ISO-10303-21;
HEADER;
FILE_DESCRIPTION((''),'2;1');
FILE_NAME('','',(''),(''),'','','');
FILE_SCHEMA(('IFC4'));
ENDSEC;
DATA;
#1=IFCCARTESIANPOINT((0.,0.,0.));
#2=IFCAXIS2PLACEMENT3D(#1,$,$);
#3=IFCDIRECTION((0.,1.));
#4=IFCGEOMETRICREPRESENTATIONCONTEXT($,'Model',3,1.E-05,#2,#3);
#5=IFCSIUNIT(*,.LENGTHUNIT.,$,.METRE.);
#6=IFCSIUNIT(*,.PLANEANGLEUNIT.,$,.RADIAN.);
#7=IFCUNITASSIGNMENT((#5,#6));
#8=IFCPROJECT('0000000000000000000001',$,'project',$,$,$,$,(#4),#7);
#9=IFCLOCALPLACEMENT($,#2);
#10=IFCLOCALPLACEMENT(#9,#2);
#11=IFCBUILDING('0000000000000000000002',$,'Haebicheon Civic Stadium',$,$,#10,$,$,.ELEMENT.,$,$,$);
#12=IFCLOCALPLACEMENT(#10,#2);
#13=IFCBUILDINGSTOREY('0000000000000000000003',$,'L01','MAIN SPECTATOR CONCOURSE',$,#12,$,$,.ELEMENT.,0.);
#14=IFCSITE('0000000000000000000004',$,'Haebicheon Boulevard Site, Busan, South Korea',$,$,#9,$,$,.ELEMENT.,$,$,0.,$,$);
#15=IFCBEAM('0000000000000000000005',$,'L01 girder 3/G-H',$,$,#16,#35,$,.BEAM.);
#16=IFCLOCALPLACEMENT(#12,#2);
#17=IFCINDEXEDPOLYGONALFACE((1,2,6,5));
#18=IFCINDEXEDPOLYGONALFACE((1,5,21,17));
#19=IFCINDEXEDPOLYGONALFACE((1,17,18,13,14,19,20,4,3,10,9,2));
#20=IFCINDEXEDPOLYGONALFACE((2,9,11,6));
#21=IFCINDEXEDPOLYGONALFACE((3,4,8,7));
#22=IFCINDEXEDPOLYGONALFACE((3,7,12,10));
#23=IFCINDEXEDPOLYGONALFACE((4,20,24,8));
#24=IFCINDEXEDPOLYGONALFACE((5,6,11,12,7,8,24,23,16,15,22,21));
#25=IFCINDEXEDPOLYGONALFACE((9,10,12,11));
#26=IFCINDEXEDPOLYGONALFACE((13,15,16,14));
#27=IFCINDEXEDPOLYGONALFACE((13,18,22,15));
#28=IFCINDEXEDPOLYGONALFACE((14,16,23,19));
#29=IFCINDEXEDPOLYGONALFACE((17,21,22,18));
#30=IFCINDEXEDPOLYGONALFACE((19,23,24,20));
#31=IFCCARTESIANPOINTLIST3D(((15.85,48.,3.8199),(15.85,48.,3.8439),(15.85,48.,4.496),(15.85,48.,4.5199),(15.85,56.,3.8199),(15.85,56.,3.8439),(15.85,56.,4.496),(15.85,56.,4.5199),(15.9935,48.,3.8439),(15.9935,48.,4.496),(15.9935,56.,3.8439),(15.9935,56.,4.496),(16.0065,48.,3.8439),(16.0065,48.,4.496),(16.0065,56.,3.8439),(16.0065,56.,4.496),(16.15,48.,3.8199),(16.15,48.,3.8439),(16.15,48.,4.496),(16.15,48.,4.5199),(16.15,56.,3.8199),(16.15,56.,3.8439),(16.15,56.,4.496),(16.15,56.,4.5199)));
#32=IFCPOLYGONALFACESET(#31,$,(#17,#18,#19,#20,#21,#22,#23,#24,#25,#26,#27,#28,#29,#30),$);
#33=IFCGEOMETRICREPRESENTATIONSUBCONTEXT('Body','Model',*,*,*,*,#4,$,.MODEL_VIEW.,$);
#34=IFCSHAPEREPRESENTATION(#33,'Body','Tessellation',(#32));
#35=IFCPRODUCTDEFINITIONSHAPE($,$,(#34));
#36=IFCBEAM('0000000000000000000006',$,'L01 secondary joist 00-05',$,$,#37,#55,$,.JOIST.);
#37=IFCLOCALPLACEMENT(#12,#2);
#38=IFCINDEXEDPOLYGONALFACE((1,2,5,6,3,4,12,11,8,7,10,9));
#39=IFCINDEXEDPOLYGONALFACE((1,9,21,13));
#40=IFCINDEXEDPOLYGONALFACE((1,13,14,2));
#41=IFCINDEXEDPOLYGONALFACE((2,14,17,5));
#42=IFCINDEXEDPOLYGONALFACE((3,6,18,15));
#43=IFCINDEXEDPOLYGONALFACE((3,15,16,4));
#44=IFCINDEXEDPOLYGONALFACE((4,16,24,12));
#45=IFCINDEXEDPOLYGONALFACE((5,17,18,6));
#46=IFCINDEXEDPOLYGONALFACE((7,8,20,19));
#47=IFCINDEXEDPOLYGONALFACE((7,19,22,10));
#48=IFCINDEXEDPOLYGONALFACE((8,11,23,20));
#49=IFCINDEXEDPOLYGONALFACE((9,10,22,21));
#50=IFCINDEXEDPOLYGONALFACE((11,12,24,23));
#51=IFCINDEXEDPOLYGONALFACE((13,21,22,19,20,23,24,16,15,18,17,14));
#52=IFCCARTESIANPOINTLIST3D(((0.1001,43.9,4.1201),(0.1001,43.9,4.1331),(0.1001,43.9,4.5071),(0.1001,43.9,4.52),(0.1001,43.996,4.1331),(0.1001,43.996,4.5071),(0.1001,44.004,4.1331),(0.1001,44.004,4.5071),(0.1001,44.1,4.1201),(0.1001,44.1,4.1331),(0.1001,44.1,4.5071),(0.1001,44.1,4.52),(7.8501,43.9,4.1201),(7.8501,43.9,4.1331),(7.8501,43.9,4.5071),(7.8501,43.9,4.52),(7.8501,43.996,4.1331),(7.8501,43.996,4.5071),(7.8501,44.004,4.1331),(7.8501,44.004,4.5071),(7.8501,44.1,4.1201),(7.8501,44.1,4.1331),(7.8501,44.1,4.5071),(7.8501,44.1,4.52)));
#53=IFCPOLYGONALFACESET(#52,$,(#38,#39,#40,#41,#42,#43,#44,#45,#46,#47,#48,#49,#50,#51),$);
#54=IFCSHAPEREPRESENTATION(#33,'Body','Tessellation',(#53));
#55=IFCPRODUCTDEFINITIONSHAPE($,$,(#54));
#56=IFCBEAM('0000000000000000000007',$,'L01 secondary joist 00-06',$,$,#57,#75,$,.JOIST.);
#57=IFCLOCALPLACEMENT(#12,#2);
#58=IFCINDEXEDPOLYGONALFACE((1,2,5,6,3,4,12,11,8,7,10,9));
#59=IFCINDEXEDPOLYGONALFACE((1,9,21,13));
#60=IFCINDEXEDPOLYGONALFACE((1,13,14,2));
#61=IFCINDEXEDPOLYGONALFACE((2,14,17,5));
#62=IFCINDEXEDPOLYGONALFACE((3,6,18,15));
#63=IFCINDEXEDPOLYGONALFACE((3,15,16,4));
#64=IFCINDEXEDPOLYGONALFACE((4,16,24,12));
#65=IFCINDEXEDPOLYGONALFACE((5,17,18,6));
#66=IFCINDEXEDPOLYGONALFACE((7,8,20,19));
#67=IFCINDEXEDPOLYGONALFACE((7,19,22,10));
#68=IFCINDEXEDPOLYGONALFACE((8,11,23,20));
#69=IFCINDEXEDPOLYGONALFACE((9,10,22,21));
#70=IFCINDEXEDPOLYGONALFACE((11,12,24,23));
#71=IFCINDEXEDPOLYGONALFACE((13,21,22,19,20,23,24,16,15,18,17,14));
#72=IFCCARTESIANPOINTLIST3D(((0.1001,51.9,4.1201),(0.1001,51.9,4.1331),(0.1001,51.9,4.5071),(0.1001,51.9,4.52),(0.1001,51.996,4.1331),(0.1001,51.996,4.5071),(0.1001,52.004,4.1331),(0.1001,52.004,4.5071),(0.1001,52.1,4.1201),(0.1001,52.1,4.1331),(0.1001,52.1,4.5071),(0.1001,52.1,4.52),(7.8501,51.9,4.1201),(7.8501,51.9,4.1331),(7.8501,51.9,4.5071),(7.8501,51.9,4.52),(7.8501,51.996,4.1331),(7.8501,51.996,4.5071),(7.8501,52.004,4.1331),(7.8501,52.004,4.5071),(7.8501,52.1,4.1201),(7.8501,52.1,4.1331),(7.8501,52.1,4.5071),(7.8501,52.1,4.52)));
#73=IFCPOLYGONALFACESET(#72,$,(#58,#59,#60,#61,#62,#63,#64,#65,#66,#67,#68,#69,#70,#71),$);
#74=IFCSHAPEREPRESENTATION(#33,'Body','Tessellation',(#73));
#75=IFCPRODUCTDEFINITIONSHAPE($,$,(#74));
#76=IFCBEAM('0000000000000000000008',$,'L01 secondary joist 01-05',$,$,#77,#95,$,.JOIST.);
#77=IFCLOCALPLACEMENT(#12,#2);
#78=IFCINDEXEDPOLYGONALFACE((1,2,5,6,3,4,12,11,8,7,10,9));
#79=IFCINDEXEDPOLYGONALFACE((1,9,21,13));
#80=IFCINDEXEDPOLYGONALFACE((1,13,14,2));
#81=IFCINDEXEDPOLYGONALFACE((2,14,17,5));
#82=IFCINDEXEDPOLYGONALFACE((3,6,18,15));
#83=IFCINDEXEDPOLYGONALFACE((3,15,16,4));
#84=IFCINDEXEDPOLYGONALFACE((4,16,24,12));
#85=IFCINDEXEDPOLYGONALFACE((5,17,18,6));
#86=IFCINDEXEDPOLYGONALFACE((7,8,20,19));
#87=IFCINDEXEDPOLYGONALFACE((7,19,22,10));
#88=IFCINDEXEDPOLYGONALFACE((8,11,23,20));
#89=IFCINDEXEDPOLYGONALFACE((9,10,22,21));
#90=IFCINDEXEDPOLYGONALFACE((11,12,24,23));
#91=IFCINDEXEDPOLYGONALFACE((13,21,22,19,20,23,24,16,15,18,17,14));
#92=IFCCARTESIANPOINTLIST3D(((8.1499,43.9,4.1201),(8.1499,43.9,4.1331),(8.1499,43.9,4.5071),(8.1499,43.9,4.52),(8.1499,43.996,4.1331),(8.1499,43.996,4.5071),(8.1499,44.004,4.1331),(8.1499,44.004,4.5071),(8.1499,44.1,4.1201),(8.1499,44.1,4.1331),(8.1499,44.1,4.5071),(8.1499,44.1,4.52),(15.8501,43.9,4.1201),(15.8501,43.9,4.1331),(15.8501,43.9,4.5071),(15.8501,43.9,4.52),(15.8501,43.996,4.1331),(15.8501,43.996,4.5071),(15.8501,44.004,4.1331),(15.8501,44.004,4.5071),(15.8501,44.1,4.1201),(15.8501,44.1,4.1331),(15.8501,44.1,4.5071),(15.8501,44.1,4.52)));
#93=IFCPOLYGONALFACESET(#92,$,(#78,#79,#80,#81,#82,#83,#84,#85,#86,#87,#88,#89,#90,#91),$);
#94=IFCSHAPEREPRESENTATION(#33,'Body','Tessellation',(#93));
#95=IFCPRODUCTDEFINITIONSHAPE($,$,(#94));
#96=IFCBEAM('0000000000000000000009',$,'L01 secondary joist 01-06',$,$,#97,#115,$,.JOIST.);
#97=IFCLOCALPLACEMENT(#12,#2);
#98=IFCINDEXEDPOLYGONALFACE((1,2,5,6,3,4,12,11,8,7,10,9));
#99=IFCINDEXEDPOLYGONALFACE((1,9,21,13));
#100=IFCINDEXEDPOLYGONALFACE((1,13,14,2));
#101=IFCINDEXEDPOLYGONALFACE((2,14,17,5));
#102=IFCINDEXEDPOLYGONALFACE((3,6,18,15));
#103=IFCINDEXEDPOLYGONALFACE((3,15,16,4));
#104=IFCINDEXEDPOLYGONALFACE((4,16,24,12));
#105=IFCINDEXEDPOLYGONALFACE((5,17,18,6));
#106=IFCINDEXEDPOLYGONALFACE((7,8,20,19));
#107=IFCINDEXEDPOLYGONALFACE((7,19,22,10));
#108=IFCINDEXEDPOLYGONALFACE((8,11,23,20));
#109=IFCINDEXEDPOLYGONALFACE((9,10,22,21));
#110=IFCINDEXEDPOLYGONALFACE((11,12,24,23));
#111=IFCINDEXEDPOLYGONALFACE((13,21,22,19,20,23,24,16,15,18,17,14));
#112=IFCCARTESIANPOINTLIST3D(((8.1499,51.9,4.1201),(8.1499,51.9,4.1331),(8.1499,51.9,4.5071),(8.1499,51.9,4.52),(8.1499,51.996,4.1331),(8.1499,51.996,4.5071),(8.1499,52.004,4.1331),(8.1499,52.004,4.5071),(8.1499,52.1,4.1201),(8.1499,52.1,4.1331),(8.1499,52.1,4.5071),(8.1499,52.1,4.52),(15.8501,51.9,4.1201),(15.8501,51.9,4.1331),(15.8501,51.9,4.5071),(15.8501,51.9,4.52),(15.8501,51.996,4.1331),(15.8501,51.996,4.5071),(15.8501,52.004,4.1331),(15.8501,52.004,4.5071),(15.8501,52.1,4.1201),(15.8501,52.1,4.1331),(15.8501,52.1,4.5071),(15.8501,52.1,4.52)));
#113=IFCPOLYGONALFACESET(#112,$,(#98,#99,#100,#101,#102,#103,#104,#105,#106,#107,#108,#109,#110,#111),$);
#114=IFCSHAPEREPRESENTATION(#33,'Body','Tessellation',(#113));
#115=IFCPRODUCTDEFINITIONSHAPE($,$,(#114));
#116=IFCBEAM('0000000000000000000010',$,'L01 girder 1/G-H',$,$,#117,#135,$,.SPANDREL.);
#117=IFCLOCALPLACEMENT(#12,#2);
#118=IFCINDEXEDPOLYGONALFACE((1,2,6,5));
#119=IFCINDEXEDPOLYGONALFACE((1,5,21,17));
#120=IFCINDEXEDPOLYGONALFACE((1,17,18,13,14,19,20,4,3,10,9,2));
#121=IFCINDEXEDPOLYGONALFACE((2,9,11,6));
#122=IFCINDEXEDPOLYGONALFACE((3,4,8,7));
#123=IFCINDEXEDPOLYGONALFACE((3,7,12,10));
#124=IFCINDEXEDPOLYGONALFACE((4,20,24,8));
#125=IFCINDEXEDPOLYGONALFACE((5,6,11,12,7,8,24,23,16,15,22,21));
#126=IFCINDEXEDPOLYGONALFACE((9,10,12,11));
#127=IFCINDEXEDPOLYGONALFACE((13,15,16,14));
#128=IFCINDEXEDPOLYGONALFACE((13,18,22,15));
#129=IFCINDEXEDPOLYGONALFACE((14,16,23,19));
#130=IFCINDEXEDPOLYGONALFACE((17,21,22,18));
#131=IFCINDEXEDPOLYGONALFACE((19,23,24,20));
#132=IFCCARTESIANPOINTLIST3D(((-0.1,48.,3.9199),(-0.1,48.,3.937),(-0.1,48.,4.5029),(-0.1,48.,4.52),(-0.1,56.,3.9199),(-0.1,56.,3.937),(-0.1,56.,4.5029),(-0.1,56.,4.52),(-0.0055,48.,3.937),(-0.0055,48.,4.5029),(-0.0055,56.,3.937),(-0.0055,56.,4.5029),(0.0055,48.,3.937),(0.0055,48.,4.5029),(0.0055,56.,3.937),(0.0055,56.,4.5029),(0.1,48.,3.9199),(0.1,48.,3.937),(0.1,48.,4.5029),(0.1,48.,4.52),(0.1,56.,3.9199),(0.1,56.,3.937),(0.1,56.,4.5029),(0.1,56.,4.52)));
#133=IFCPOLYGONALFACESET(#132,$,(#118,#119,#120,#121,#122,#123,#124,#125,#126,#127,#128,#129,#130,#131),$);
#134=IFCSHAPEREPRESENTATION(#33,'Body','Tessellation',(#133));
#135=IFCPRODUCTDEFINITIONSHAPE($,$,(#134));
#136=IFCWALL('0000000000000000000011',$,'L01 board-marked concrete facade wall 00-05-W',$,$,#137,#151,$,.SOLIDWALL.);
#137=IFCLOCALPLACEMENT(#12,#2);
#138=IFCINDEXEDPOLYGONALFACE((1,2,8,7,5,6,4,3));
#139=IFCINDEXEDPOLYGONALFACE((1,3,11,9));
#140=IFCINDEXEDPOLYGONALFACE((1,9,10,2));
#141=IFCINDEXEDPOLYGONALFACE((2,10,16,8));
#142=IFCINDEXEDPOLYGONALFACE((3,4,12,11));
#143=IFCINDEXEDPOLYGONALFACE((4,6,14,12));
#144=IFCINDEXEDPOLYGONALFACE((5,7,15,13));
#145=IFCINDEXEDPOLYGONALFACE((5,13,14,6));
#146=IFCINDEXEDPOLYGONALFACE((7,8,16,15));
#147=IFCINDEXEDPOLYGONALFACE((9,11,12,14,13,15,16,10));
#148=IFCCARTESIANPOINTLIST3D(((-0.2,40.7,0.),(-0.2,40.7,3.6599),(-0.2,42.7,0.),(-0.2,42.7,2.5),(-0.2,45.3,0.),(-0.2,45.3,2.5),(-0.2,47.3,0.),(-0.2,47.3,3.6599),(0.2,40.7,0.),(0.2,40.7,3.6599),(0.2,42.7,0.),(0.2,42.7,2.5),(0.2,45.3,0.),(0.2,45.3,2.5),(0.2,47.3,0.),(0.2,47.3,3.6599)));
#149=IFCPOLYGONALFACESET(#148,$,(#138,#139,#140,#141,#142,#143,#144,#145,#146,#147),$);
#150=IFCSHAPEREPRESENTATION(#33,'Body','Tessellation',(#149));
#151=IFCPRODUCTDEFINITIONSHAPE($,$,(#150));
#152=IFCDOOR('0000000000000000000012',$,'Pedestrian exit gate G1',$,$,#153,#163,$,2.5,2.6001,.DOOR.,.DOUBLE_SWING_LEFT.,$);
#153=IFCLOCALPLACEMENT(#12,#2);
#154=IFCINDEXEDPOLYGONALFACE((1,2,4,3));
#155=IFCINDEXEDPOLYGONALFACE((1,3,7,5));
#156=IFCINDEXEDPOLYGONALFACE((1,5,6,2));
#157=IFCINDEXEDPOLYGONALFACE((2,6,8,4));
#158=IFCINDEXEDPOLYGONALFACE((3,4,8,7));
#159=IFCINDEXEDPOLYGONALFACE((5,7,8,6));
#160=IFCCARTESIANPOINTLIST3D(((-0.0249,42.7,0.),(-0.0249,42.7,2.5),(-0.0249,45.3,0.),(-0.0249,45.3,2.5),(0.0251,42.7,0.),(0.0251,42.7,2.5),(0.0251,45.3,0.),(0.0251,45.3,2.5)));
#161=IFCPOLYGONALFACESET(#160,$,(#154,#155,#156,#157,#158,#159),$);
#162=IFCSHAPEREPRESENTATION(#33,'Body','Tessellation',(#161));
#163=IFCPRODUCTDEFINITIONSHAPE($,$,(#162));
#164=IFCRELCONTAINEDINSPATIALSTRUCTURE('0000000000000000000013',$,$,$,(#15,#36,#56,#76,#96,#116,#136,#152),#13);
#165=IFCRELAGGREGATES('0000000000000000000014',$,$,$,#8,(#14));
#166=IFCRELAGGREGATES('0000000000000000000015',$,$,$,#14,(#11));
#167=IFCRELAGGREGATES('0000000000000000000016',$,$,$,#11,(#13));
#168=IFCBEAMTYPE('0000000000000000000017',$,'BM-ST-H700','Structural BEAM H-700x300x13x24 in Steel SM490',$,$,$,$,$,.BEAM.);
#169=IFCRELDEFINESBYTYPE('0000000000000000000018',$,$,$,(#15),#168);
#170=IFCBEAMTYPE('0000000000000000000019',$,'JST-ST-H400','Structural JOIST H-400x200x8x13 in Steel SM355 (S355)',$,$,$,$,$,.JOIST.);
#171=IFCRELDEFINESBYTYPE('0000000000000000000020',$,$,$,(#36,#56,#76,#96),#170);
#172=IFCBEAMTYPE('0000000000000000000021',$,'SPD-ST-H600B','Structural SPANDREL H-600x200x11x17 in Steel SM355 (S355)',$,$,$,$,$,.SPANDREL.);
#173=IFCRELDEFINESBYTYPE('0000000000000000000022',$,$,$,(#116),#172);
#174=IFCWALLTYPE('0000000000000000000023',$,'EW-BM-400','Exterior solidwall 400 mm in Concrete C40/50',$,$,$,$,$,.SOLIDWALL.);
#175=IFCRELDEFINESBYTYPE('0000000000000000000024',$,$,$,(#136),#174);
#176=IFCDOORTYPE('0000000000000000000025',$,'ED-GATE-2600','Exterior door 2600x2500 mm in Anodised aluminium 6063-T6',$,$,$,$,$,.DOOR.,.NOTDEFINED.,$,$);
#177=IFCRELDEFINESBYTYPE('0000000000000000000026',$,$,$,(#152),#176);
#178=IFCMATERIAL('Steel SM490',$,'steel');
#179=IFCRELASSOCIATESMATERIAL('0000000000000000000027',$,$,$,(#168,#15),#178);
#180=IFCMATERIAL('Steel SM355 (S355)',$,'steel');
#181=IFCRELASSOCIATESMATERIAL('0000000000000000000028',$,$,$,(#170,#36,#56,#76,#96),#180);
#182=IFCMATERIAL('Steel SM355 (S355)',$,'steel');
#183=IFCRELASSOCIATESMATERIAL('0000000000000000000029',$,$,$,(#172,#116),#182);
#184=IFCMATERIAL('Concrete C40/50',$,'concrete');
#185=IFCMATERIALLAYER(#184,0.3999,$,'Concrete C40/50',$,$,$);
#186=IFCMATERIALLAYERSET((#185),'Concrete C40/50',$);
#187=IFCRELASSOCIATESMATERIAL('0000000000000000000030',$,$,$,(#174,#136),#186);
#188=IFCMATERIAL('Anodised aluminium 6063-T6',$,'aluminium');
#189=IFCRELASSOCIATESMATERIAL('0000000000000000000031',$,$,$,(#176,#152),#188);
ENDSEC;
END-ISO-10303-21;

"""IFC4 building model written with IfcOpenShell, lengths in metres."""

from ifc_helpers import new_model, si_unit, direction, frame, frame_2d, origin, origin_2d, place, context, subcontext, project, spatial, rectangle, i_section, extrude, material, layer, layer_set, material_profile, profile_set, type_object, element, fill, save


model = new_model("IFC4")

# Units and contexts
model_context = context("Model", 3, precision=1e-05, world=origin(), true_north=direction((0.0, 1.0)))
body_context = subcontext(model_context, "Body", "Model", "MODEL_VIEW")
ifc_project = project(units=[si_unit("LENGTHUNIT", "METRE"), si_unit("PLANEANGLEUNIT", "RADIAN")], contexts=[model_context])

# Site, building, storey
site_placement = place(None, origin())
site = spatial("IfcSite", under=ifc_project, at=site_placement, Name="Haebicheon Boulevard Site, Busan, South Korea", CompositionType="ELEMENT", RefElevation=0.0)
building_placement = place(site_placement, origin())
building = spatial("IfcBuilding", under=site, at=building_placement, Name="Haebicheon Civic Stadium", CompositionType="ELEMENT")
storey_placement = place(building_placement, origin())
storey = spatial("IfcBuildingStorey", under=building, at=storey_placement, Name="L01", Description="MAIN SPECTATOR CONCOURSE", CompositionType="ELEMENT", Elevation=0.0)

# Beams
ifc_material_1 = material(Name="Steel SM490", Category="steel")
ifc_material_profile_1 = material_profile(ifc_material_1, i_section(OverallWidth=0.3, OverallDepth=0.7, WebThickness=0.0129, FlangeThickness=0.0239, at=origin_2d()), Name="H-700x300x13x24")
ifc_profile_set_1 = profile_set([ifc_material_profile_1], Name="Steel SM490")
beam_type_1 = type_object("IfcBeamType", Name="BM-ST-H700", Description="Structural BEAM H-700x300x13x24 in Steel SM490", PredefinedType="BEAM", material=ifc_profile_set_1)
for number, where, z_axis, x_axis, name in (
    (1, (16.0, 48.0, 4.1699), (0.0, 1.0, 0.0), (-1.0, 0.0, 0.0), "L01 girder 3/G-H"),
):
    element("IfcBeam", number, at=place(storey_placement, frame(where, z_axis=z_axis, x_axis=x_axis)), inside=storey, type_object=beam_type_1, material=ifc_profile_set_1, Name=name, PredefinedType="BEAM", context=body_context, shape_type="SweptSolid", body=[
        extrude(i_section(OverallWidth=0.3, OverallDepth=0.7, WebThickness=0.0129, FlangeThickness=0.0239, at=origin_2d()), origin(), (0.0, 0.0, 1.0), 8.0),
    ])
ifc_material_2 = material(Name="Steel SM355 (S355)", Category="steel")
ifc_material_profile_2 = material_profile(ifc_material_2, i_section(OverallWidth=0.2, OverallDepth=0.3999, WebThickness=0.0081, FlangeThickness=0.0129, at=origin_2d()), Name="H-400x200x8x13")
ifc_profile_set_2 = profile_set([ifc_material_profile_2], Name="Steel SM355 (S355)")
beam_type_2 = type_object("IfcBeamType", Name="JST-ST-H400", Description="Structural JOIST H-400x200x8x13 in Steel SM355 (S355)", PredefinedType="JOIST", material=ifc_profile_set_2)
for number, where, z_axis, x_axis, name in (
    (2, (0.1001, 44.0, 4.3201), (1.0, 0.0, 0.0), (0.0, 1.0, 0.0), "L01 secondary joist 00-05"),
    (3, (0.1001, 52.0, 4.3201), (1.0, 0.0, 0.0), (0.0, 1.0, 0.0), "L01 secondary joist 00-06"),
):
    element("IfcBeam", number, at=place(storey_placement, frame(where, z_axis=z_axis, x_axis=x_axis)), inside=storey, type_object=beam_type_2, material=ifc_profile_set_2, Name=name, PredefinedType="JOIST", context=body_context, shape_type="SweptSolid", body=[
        extrude(i_section(OverallWidth=0.2, OverallDepth=0.3999, WebThickness=0.0081, FlangeThickness=0.0129, at=origin_2d()), origin(), (0.0, 0.0, 1.0), 7.75),
    ])
for number, where, z_axis, x_axis, name in (
    (4, (8.1499, 44.0, 4.3201), (1.0, 0.0, 0.0), (0.0, 1.0, 0.0), "L01 secondary joist 01-05"),
    (5, (8.1499, 52.0, 4.3201), (1.0, 0.0, 0.0), (0.0, 1.0, 0.0), "L01 secondary joist 01-06"),
):
    element("IfcBeam", number, at=place(storey_placement, frame(where, z_axis=z_axis, x_axis=x_axis)), inside=storey, type_object=beam_type_2, material=ifc_profile_set_2, Name=name, PredefinedType="JOIST", context=body_context, shape_type="SweptSolid", body=[
        extrude(i_section(OverallWidth=0.2, OverallDepth=0.3999, WebThickness=0.0081, FlangeThickness=0.0129, at=origin_2d()), origin(), (0.0, 0.0, 1.0), 7.7002),
    ])
ifc_material_3 = material(Name="Steel SM355 (S355)", Category="steel")
ifc_material_profile_3 = material_profile(ifc_material_3, i_section(OverallWidth=0.2, OverallDepth=0.6001, WebThickness=0.011, FlangeThickness=0.0171, at=origin_2d()), Name="H-600x200x11x17")
ifc_profile_set_3 = profile_set([ifc_material_profile_3], Name="Steel SM355 (S355)")
beam_type_3 = type_object("IfcBeamType", Name="SPD-ST-H600B", Description="Structural SPANDREL H-600x200x11x17 in Steel SM355 (S355)", PredefinedType="SPANDREL", material=ifc_profile_set_3)
beam_placement = place(storey_placement, frame((0.0, 48.0, 4.22), z_axis=(0.0, 1.0, 0.0), x_axis=(-1.0, 0.0, 0.0)))
element("IfcBeam", 6, at=beam_placement, inside=storey, type_object=beam_type_3, material=ifc_profile_set_3, Name="L01 girder 1/G-H", PredefinedType="SPANDREL", context=body_context, shape_type="SweptSolid", body=[
    extrude(i_section(OverallWidth=0.2, OverallDepth=0.6001, WebThickness=0.011, FlangeThickness=0.0171, at=origin_2d()), origin(), (0.0, 0.0, 1.0), 8.0),
])

# Wall, opening, door
ifc_material_4 = material(Name="Concrete C40/50", Category="concrete")
ifc_layer_1 = layer(ifc_material_4, 0.3999, Name="Concrete C40/50")
ifc_layer_set_1 = layer_set([ifc_layer_1], Name="Concrete C40/50")
wall_type_1 = type_object("IfcWallType", Name="EW-BM-400", Description="Exterior solidwall 400 mm in Concrete C40/50", PredefinedType="SOLIDWALL", material=ifc_layer_set_1)
wall_1_placement = place(storey_placement, frame((0.0, 40.7, 0.0), z_axis=(0.0, 0.0, 1.0), x_axis=(0.0, 1.0, 0.0)))
wall_1 = element("IfcWall", 7, at=wall_1_placement, inside=storey, type_object=wall_type_1, material=ifc_layer_set_1, Name="L01 board-marked concrete facade wall 00-05-W", PredefinedType="SOLIDWALL", context=body_context, shape_type="SweptSolid", body=[
    extrude(rectangle(XDim=6.6001, YDim=0.3999, at=frame_2d((3.3, 0.0))), origin(), (0.0, 0.0, 1.0), 3.6599),
])
opening_1_placement = place(wall_1_placement, frame((2.0, 0.0, 0.0)))
opening_1 = element("IfcOpeningElement", 8, at=opening_1_placement, cuts=wall_1, PredefinedType="OPENING", context=body_context, shape_type="SweptSolid", body=[
    extrude(rectangle(XDim=2.6001, YDim=2.5, at=frame_2d((1.3, 1.25))), frame((0.0, 0.21, 0.0), z_axis=(0.0, -1.0, 0.0), x_axis=(1.0, 0.0, 0.0)), (0.0, 0.0, 1.0), 0.4199),
])
ifc_material_5 = material(Name="Anodised aluminium 6063-T6", Category="aluminium")
door_type_1 = type_object("IfcDoorType", Name="ED-GATE-2600", Description="Exterior door 2600x2500 mm in Anodised aluminium 6063-T6", OperationType="NOTDEFINED", PredefinedType="DOOR", material=ifc_material_5)
door_1_placement = place(opening_1_placement, origin())
door_1 = element("IfcDoor", 9, at=door_1_placement, inside=storey, type_object=door_type_1, material=ifc_material_5, Name="Pedestrian exit gate G1", OperationType="DOUBLE_SWING_LEFT", OverallHeight=2.5, OverallWidth=2.6001, PredefinedType="DOOR", context=body_context, shape_type="SweptSolid", body=[
    extrude(rectangle(XDim=2.6001, YDim=2.5, at=frame_2d((1.3, 1.25))), frame((0.0, 0.0249, 0.0), z_axis=(0.0, -1.0, 0.0), x_axis=(1.0, 0.0, 0.0)), (0.0, 0.0, 1.0), 0.05),
])
fill(opening_1, door_1)

save(model, "model.ifc")
